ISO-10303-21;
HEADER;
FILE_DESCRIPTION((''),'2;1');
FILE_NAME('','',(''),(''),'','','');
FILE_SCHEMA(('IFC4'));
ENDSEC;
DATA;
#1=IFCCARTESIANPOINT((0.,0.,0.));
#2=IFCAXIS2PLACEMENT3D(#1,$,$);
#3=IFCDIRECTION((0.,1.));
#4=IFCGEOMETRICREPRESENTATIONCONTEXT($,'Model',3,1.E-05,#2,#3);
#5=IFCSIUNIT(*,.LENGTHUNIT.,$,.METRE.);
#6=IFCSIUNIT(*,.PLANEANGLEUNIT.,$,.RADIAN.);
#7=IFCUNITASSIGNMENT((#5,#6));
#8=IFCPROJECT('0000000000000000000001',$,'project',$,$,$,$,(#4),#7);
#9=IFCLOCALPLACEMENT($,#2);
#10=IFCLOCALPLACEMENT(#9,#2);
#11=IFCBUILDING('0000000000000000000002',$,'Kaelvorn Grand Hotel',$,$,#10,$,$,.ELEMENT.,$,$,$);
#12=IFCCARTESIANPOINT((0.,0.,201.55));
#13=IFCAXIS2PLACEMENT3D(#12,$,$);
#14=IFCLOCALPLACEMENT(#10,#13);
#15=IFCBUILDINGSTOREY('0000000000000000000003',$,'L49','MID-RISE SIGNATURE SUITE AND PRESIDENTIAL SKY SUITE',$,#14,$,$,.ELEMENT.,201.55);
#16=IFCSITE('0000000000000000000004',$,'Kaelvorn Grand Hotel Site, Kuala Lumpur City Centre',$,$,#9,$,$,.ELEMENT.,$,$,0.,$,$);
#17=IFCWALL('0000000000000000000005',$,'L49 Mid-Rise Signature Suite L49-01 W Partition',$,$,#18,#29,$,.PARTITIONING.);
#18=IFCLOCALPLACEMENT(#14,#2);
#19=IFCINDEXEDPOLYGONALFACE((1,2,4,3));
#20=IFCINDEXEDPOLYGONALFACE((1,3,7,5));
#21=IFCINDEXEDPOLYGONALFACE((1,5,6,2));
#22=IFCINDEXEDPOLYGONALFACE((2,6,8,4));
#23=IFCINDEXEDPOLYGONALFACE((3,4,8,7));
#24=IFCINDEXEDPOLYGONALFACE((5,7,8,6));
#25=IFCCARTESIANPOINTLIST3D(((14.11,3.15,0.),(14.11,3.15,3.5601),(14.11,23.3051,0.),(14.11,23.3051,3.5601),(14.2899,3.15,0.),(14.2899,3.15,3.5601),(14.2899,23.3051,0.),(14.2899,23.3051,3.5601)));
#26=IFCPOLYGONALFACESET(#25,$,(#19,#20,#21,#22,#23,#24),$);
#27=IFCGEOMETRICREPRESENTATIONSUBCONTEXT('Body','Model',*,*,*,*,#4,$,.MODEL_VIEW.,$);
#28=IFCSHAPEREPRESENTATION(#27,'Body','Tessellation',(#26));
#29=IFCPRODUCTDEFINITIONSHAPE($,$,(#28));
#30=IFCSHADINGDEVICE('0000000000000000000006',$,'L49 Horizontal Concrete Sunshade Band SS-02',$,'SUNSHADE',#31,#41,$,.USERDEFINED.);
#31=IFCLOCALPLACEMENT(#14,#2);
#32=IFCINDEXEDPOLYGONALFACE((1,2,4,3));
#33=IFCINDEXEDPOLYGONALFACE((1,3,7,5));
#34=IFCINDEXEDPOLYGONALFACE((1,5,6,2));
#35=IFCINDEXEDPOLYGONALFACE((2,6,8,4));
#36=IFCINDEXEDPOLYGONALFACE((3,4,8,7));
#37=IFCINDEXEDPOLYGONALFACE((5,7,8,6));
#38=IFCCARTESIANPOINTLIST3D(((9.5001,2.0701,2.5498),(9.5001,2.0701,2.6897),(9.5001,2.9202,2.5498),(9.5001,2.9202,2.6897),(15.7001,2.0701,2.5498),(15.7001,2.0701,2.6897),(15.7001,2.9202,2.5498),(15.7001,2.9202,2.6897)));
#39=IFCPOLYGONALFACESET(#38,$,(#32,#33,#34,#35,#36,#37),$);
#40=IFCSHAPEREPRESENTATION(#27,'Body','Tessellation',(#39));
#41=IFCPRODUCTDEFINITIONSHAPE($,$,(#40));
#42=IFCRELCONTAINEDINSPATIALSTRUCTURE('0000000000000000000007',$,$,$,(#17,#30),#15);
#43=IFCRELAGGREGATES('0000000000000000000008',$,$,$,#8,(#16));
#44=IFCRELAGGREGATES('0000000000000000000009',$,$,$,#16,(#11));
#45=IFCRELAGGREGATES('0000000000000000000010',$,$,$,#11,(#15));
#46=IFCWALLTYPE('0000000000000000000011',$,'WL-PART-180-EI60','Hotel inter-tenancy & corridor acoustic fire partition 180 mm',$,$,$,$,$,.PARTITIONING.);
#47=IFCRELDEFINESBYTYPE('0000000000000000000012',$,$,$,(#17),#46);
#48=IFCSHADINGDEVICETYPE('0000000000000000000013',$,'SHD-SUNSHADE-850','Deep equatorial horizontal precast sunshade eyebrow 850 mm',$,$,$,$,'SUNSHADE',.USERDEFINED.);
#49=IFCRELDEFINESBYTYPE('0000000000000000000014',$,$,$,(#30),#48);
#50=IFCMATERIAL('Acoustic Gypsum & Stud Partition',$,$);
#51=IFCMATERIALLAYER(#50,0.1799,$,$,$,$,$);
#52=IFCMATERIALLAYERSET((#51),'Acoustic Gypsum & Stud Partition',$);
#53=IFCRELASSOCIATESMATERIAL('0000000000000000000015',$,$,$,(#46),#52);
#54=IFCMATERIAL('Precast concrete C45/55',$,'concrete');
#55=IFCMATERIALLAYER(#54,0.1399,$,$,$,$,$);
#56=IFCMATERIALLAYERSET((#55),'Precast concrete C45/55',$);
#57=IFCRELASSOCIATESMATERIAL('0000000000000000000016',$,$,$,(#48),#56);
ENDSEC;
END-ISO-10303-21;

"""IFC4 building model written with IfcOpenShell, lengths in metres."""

from ifc_helpers import new_model, si_unit, direction, frame, frame_2d, origin, origin_2d, place, context, subcontext, project, spatial, rectangle, extrude, material, layer, layer_set, type_object, element, save


model = new_model("IFC4")

# Units and contexts
model_context = context("Model", 3, precision=1e-05, world=origin(), true_north=direction((0.0, 1.0)))
body_context = subcontext(model_context, "Body", "Model", "MODEL_VIEW")
ifc_project = project(units=[si_unit("LENGTHUNIT", "METRE"), si_unit("PLANEANGLEUNIT", "RADIAN")], contexts=[model_context])

# Site, building, storey
site_placement = place(None, origin())
site = spatial("IfcSite", under=ifc_project, at=site_placement, Name="Kaelvorn Grand Hotel Site, Kuala Lumpur City Centre", CompositionType="ELEMENT", RefElevation=0.0)
building_placement = place(site_placement, origin())
building = spatial("IfcBuilding", under=site, at=building_placement, Name="Kaelvorn Grand Hotel", CompositionType="ELEMENT")
storey_placement = place(building_placement, frame((0.0, 0.0, 201.55)))
storey = spatial("IfcBuildingStorey", under=building, at=storey_placement, Name="L49", Description="MID-RISE SIGNATURE SUITE AND PRESIDENTIAL SKY SUITE", CompositionType="ELEMENT", Elevation=201.55)

# Wall
ifc_material_1 = material(Name="Acoustic Gypsum & Stud Partition")
ifc_layer_1 = layer(ifc_material_1, 0.1799)
ifc_layer_set_1 = layer_set([ifc_layer_1], Name="Acoustic Gypsum & Stud Partition")
wall_type_1 = type_object("IfcWallType", Name="WL-PART-180-EI60", Description="Hotel inter-tenancy & corridor acoustic fire partition 180 mm", PredefinedType="PARTITIONING", material=ifc_layer_set_1)
wall_1_placement = place(storey_placement, frame((14.2, 3.1499, 0.0), z_axis=(0.0, 0.0, 1.0), x_axis=(0.0, 1.0, 0.0)))
element("IfcWall", 1, at=wall_1_placement, inside=storey, type_object=wall_type_1, Name="L49 Mid-Rise Signature Suite L49-01 W Partition", PredefinedType="PARTITIONING", context=body_context, shape_type="SweptSolid", body=[
    extrude(rectangle(XDim=20.155, YDim=0.1799, at=frame_2d((10.0776, 0.0))), origin(), (0.0, 0.0, 1.0), 3.5601),
])

# Shading device
ifc_material_2 = material(Name="Precast concrete C45/55", Category="concrete")
ifc_layer_2 = layer(ifc_material_2, 0.1399)
ifc_layer_set_2 = layer_set([ifc_layer_2], Name="Precast concrete C45/55")
shading_device_type = type_object("IfcShadingDeviceType", Name="SHD-SUNSHADE-850", Description="Deep equatorial horizontal precast sunshade eyebrow 850 mm", ElementType="SUNSHADE", PredefinedType="USERDEFINED", material=ifc_layer_set_2)
shading_device_placement = place(storey_placement, frame((12.6001, 2.4951, 2.5498), z_axis=(0.0, 0.0, 1.0), x_axis=(1.0, 0.0, 0.0)))
element("IfcShadingDevice", 2, at=shading_device_placement, inside=storey, type_object=shading_device_type, Name="L49 Horizontal Concrete Sunshade Band SS-02", ObjectType="SUNSHADE", PredefinedType="USERDEFINED", context=body_context, shape_type="SweptSolid", body=[
    extrude(rectangle(XDim=6.2, YDim=0.8501, at=origin_2d()), origin(), (0.0, 0.0, 1.0), 0.1399),
])

save(model, "model.ifc")
